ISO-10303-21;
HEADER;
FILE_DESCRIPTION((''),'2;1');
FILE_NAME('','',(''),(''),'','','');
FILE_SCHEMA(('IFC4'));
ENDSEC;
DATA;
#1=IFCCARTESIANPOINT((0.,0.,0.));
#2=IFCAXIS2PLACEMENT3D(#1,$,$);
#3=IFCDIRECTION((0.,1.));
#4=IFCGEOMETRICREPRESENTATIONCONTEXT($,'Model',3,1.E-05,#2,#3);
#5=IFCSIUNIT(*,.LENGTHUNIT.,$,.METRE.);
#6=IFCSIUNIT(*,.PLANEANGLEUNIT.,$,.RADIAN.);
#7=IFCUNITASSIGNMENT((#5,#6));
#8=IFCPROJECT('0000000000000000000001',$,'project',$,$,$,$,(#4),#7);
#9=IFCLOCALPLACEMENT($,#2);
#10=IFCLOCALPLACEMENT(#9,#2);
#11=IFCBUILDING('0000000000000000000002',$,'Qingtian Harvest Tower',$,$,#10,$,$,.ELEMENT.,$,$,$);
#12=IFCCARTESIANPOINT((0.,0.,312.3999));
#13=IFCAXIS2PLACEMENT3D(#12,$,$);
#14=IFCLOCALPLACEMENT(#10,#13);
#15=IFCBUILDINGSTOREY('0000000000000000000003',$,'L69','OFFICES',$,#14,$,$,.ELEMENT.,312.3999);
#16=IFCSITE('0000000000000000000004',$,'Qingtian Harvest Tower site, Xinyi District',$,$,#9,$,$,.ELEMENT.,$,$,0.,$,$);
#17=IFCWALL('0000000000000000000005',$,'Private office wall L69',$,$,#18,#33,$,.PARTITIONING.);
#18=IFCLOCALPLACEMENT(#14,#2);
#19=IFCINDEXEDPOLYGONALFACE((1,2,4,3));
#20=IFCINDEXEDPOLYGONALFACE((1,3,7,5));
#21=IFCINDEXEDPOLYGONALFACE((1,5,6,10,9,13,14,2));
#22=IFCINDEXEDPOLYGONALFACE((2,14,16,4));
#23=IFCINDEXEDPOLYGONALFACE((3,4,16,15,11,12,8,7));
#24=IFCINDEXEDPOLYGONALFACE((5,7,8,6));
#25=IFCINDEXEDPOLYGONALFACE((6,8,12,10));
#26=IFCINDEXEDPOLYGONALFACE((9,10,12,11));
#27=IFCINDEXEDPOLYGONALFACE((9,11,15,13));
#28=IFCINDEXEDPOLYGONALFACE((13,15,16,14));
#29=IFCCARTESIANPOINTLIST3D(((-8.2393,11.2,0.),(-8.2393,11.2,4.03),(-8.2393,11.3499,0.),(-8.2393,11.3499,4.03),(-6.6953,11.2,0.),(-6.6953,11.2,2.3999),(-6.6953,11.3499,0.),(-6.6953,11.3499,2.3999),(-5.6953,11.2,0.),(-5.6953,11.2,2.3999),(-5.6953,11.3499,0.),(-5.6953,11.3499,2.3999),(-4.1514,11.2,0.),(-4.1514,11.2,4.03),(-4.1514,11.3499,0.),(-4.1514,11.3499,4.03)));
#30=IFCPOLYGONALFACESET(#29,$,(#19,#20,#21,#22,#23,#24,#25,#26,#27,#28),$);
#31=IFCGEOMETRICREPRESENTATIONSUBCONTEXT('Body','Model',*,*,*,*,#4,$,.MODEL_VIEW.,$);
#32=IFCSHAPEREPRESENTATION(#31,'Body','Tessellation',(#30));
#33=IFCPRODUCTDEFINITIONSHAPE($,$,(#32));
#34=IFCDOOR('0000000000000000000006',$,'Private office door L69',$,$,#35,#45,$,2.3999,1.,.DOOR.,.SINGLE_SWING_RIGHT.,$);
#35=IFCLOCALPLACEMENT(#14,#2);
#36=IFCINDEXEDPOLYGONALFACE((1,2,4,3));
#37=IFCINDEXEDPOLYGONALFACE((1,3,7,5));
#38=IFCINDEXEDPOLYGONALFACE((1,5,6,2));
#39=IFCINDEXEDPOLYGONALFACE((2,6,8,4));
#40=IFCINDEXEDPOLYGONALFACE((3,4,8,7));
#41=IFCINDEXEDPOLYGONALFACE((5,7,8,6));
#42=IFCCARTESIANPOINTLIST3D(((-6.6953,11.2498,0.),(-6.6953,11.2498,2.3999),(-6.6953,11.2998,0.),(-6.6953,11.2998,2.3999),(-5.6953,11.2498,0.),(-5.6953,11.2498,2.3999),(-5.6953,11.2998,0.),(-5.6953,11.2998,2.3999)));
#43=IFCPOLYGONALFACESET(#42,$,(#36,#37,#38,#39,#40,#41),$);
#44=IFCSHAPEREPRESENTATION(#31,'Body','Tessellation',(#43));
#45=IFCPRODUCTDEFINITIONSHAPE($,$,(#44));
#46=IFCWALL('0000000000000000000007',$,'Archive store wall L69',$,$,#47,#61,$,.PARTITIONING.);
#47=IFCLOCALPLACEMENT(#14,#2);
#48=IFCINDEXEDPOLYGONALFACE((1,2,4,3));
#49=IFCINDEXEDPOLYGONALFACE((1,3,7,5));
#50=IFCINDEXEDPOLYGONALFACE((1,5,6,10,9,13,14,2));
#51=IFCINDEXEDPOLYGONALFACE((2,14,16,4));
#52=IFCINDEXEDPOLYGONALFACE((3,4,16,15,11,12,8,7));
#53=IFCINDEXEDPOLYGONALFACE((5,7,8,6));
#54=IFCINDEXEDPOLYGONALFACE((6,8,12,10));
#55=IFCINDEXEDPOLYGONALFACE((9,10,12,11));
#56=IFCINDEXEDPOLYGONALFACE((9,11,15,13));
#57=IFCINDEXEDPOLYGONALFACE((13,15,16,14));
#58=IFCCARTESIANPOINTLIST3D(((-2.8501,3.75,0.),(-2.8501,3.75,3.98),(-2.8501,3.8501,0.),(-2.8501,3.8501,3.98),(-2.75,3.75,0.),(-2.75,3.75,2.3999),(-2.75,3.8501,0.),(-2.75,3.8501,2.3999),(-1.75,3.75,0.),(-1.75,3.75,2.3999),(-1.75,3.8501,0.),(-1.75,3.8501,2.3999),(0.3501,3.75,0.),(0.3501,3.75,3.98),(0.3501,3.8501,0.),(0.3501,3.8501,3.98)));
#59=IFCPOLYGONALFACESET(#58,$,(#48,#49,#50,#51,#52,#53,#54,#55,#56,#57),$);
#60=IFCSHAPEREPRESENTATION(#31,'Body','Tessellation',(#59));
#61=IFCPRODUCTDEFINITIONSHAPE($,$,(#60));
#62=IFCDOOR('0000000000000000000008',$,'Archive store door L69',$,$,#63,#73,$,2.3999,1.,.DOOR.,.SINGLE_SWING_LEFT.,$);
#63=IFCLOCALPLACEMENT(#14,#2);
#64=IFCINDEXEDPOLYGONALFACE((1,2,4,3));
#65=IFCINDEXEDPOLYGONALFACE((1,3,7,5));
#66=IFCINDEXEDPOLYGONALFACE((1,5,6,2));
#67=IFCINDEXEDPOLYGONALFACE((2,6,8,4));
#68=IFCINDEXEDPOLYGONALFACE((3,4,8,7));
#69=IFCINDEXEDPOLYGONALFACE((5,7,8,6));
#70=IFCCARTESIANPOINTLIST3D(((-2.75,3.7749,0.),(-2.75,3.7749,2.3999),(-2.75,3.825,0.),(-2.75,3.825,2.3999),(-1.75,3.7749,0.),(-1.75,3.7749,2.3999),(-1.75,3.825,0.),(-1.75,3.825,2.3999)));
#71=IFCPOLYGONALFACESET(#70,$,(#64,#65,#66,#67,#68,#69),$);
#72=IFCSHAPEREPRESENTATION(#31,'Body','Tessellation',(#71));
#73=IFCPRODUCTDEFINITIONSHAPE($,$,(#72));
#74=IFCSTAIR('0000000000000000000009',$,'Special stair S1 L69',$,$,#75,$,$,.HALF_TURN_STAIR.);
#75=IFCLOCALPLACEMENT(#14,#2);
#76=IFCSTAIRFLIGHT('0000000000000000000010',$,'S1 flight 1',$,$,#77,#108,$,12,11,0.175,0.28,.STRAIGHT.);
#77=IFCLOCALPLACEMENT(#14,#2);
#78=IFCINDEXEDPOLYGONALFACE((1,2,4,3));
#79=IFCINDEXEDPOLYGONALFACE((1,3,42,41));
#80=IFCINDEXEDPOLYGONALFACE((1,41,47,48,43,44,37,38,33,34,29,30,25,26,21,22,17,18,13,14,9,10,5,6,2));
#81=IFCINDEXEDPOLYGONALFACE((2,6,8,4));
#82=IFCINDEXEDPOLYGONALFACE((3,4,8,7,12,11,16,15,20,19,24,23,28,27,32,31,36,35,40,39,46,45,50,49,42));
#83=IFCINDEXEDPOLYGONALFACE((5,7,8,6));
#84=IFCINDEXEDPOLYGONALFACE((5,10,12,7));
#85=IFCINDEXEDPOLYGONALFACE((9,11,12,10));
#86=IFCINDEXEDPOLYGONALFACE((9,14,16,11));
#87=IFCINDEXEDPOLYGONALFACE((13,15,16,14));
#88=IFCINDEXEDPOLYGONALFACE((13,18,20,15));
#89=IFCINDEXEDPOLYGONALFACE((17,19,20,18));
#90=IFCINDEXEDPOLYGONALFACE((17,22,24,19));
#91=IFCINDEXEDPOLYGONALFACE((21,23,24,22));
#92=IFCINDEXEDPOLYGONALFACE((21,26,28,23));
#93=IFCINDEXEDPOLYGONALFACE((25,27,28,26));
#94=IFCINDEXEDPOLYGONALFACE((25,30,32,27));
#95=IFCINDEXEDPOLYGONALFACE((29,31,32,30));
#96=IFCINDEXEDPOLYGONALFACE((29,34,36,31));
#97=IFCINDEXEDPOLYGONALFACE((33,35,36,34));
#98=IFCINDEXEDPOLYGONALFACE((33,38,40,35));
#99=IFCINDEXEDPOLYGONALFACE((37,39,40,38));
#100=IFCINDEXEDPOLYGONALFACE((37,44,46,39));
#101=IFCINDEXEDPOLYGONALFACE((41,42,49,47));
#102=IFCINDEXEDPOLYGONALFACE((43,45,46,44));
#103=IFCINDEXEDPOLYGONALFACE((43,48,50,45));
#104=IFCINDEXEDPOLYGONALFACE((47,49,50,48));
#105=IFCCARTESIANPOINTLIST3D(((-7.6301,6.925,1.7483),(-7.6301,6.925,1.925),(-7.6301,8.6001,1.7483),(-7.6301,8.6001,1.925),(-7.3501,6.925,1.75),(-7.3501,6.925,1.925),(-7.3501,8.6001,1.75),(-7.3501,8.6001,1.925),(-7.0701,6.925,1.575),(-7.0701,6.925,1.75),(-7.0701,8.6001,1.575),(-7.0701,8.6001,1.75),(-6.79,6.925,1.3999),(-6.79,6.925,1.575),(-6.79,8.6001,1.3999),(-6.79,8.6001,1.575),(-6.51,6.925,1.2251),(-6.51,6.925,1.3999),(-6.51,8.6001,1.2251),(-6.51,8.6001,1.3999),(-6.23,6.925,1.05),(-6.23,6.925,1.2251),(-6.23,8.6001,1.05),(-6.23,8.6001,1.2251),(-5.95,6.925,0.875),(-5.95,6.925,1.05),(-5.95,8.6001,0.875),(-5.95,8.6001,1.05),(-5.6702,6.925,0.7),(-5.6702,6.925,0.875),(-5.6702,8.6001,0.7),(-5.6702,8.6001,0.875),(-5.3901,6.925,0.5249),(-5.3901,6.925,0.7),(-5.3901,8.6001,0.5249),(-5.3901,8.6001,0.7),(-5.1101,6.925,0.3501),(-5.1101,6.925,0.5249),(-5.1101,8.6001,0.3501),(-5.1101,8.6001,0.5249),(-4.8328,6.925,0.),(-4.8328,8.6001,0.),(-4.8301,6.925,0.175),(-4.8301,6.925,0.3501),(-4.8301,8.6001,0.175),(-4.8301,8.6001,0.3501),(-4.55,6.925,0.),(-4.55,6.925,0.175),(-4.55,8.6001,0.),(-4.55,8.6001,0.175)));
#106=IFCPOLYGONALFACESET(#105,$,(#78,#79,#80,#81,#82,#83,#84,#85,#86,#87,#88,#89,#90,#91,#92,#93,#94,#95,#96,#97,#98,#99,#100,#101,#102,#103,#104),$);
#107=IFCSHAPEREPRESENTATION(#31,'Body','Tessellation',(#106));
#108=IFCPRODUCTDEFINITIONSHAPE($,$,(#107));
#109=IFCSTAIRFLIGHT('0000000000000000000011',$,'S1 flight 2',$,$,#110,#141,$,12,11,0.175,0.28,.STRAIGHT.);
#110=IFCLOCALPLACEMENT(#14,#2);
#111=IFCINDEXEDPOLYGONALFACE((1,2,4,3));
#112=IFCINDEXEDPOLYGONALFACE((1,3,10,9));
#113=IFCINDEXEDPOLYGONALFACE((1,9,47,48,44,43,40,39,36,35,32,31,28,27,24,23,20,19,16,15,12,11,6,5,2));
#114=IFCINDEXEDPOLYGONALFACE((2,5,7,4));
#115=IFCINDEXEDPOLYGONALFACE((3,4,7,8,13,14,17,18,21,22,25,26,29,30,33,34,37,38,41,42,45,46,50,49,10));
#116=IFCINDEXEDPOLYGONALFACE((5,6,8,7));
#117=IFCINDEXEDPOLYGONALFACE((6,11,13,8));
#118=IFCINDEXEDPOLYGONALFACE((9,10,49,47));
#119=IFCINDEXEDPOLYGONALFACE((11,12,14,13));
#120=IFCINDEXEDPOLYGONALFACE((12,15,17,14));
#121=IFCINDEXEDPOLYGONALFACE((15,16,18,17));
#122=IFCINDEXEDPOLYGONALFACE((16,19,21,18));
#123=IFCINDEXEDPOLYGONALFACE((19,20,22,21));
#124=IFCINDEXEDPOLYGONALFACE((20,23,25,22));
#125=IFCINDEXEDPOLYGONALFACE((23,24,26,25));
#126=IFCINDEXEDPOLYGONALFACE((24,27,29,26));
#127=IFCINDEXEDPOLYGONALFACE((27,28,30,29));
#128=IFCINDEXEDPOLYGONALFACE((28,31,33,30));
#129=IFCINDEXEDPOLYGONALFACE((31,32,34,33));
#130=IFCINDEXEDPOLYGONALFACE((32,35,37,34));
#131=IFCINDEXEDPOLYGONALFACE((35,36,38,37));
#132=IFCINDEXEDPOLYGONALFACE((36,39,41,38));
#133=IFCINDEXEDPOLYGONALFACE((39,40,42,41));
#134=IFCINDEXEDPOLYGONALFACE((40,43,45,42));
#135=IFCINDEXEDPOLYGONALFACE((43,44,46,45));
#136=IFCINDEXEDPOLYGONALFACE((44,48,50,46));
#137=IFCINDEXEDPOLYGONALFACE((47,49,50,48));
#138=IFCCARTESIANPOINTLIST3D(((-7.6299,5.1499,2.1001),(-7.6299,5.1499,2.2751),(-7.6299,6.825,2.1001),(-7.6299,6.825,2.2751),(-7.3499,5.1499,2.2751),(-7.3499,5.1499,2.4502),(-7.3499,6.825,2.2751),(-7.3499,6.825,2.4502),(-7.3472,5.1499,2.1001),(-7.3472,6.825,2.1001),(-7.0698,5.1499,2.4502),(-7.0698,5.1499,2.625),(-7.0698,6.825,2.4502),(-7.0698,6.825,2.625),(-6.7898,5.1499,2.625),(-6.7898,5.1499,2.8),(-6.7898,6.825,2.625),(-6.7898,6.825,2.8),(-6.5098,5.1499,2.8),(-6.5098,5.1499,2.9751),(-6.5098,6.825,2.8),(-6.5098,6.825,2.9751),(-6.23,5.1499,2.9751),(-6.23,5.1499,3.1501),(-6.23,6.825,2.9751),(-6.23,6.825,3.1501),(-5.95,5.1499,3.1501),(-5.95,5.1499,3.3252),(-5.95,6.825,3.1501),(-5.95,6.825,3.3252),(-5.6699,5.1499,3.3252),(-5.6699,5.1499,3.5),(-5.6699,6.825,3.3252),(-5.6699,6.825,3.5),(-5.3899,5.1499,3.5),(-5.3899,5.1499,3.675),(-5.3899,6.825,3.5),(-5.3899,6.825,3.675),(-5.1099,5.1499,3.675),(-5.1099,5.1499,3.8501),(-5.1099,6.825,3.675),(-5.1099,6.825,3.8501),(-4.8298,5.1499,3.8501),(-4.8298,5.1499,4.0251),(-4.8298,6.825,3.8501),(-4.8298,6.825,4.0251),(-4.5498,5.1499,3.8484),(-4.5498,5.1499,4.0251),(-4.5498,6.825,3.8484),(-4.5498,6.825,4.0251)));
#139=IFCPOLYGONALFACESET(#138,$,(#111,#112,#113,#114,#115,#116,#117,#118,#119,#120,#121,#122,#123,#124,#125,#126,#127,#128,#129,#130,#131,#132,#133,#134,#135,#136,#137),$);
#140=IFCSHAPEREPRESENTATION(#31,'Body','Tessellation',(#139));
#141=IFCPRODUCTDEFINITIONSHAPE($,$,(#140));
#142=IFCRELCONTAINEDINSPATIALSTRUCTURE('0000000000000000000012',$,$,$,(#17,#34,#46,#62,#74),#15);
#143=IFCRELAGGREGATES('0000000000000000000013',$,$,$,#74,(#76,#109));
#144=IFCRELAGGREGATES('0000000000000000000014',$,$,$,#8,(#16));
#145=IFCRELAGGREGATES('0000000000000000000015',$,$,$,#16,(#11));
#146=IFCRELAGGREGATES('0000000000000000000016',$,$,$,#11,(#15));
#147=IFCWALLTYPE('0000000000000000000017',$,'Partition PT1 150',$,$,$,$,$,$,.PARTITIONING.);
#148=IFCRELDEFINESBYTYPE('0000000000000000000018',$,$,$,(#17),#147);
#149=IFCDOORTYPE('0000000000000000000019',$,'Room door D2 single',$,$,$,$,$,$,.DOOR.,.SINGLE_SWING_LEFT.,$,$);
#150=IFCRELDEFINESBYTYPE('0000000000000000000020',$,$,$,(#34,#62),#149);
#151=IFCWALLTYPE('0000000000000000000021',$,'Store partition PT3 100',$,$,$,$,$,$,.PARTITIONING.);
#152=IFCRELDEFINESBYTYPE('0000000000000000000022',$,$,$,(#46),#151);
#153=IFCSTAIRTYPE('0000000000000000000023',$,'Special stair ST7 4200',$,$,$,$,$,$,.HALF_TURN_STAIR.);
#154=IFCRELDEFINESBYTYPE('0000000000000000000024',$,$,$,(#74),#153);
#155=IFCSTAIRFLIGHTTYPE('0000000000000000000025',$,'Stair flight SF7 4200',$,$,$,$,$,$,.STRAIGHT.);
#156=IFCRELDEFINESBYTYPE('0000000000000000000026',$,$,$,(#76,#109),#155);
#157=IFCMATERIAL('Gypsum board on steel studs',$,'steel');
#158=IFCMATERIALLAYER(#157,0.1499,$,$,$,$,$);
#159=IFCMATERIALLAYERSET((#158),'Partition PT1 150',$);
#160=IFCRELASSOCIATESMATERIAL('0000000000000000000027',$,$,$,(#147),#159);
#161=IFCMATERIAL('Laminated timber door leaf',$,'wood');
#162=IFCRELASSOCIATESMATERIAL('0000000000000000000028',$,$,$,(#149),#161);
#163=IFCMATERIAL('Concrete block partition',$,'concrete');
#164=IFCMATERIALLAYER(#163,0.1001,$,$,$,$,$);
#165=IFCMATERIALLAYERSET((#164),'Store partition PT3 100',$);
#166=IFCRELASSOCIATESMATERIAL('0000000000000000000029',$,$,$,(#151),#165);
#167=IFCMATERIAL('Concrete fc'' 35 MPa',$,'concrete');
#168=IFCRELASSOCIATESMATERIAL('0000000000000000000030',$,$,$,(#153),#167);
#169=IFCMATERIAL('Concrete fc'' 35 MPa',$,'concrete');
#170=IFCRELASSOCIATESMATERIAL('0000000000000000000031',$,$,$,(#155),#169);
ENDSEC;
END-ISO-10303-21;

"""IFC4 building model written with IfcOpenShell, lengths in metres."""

from ifc_helpers import new_model, si_unit, direction, frame, frame_2d, origin, place, context, subcontext, project, spatial, polyline, rectangle, outline, extrude, material, layer, layer_set, type_object, element, fill, aggregate, save


model = new_model("IFC4")

# Units and contexts
model_context = context("Model", 3, precision=1e-05, world=origin(), true_north=direction((0.0, 1.0)))
body_context = subcontext(model_context, "Body", "Model", "MODEL_VIEW")
ifc_project = project(units=[si_unit("LENGTHUNIT", "METRE"), si_unit("PLANEANGLEUNIT", "RADIAN")], contexts=[model_context])

# Site, building, storey
site_placement = place(None, origin())
site = spatial("IfcSite", under=ifc_project, at=site_placement, Name="Qingtian Harvest Tower site, Xinyi District", CompositionType="ELEMENT", RefElevation=0.0)
building_placement = place(site_placement, origin())
building = spatial("IfcBuilding", under=site, at=building_placement, Name="Qingtian Harvest Tower", CompositionType="ELEMENT")
storey_placement = place(building_placement, frame((0.0, 0.0, 312.3999)))
storey = spatial("IfcBuildingStorey", under=building, at=storey_placement, Name="L69", Description="OFFICES", CompositionType="ELEMENT", Elevation=312.3999)

# Walls, openings, doors
ifc_material_1 = material(Name="Gypsum board on steel studs", Category="steel")
ifc_layer_1 = layer(ifc_material_1, 0.1499)
ifc_layer_set_1 = layer_set([ifc_layer_1], Name="Partition PT1 150")
wall_type_1 = type_object("IfcWallType", Name="Partition PT1 150", PredefinedType="PARTITIONING", material=ifc_layer_set_1)
wall_1_placement = place(storey_placement, frame((-8.2393, 11.2749, 0.0), z_axis=(0.0, 0.0, 1.0), x_axis=(1.0, 0.0, 0.0)))
wall_1 = element("IfcWall", 1, at=wall_1_placement, inside=storey, type_object=wall_type_1, Name="Private office wall L69", PredefinedType="PARTITIONING", context=body_context, shape_type="SweptSolid", body=[
    extrude(rectangle(XDim=4.0879, YDim=0.1499, at=frame_2d((2.0439, 0.0))), origin(), (0.0, 0.0, 1.0), 4.03),
])
opening_1_placement = place(wall_1_placement, frame((1.5439, 0.0, 0.0)))
opening_1 = element("IfcOpeningElement", 2, at=opening_1_placement, cuts=wall_1, PredefinedType="OPENING", context=body_context, shape_type="SweptSolid", body=[
    extrude(rectangle(XDim=1.0, YDim=2.3999, at=frame_2d((0.5, 1.2))), frame((0.0, 0.085, 0.0), z_axis=(0.0, -1.0, 0.0), x_axis=(1.0, 0.0, 0.0)), (0.0, 0.0, 1.0), 0.1699),
])
ifc_material_2 = material(Name="Laminated timber door leaf", Category="wood")
door_type_1 = type_object("IfcDoorType", Name="Room door D2 single", OperationType="SINGLE_SWING_LEFT", PredefinedType="DOOR", material=ifc_material_2)
door_1_placement = place(opening_1_placement, origin())
door_1 = element("IfcDoor", 3, at=door_1_placement, inside=storey, type_object=door_type_1, Name="Private office door L69", OperationType="SINGLE_SWING_RIGHT", OverallHeight=2.3999, OverallWidth=1.0, PredefinedType="DOOR", context=body_context, shape_type="SweptSolid", body=[
    extrude(rectangle(XDim=1.0, YDim=2.3999, at=frame_2d((0.5, 1.2))), frame((0.0, 0.0249, 0.0), z_axis=(0.0, -1.0, 0.0), x_axis=(1.0, 0.0, 0.0)), (0.0, 0.0, 1.0), 0.05),
])
fill(opening_1, door_1)
ifc_material_3 = material(Name="Concrete block partition", Category="concrete")
ifc_layer_2 = layer(ifc_material_3, 0.1001)
ifc_layer_set_2 = layer_set([ifc_layer_2], Name="Store partition PT3 100")
wall_type_2 = type_object("IfcWallType", Name="Store partition PT3 100", PredefinedType="PARTITIONING", material=ifc_layer_set_2)
wall_2_placement = place(storey_placement, frame((-2.8501, 3.8, 0.0), z_axis=(0.0, 0.0, 1.0), x_axis=(1.0, 0.0, 0.0)))
wall_2 = element("IfcWall", 4, at=wall_2_placement, inside=storey, type_object=wall_type_2, Name="Archive store wall L69", PredefinedType="PARTITIONING", context=body_context, shape_type="SweptSolid", body=[
    extrude(rectangle(XDim=3.2002, YDim=0.1001, at=frame_2d((1.6001, 0.0))), origin(), (0.0, 0.0, 1.0), 3.98),
])
opening_2_placement = place(wall_2_placement, frame((0.1001, 0.0, 0.0)))
opening_2 = element("IfcOpeningElement", 5, at=opening_2_placement, cuts=wall_2, PredefinedType="OPENING", context=body_context, shape_type="SweptSolid", body=[
    extrude(rectangle(XDim=1.0, YDim=2.3999, at=frame_2d((0.5, 1.2))), frame((0.0, 0.0601, 0.0), z_axis=(0.0, -1.0, 0.0), x_axis=(1.0, 0.0, 0.0)), (0.0, 0.0, 1.0), 0.1201),
])
door_2_placement = place(opening_2_placement, origin())
door_2 = element("IfcDoor", 6, at=door_2_placement, inside=storey, type_object=door_type_1, Name="Archive store door L69", OperationType="SINGLE_SWING_LEFT", OverallHeight=2.3999, OverallWidth=1.0, PredefinedType="DOOR", context=body_context, shape_type="SweptSolid", body=[
    extrude(rectangle(XDim=1.0, YDim=2.3999, at=frame_2d((0.5, 1.2))), frame((0.0, 0.0249, 0.0), z_axis=(0.0, -1.0, 0.0), x_axis=(1.0, 0.0, 0.0)), (0.0, 0.0, 1.0), 0.05),
])
fill(opening_2, door_2)

# Stair, stair flights
ifc_material_4 = material(Name="Concrete fc' 35 MPa", Category="concrete")
stair_type = type_object("IfcStairType", Name="Special stair ST7 4200", PredefinedType="HALF_TURN_STAIR", material=ifc_material_4)
stair_placement = place(storey_placement, origin())
stair = element("IfcStair", 7, at=stair_placement, inside=storey, type_object=stair_type, Name="Special stair S1 L69", PredefinedType="HALF_TURN_STAIR")
ifc_material_5 = material(Name="Concrete fc' 35 MPa", Category="concrete")
stair_flight_type = type_object("IfcStairFlightType", Name="Stair flight SF7 4200", PredefinedType="STRAIGHT", material=ifc_material_5)
stair_flight_1_placement = place(storey_placement, frame((-4.55, 7.7625, 0.0), z_axis=(0.0, 0.0, 1.0), x_axis=(-1.0, 0.0, 0.0)))
stair_flight_1 = element("IfcStairFlight", 8, at=stair_flight_1_placement, type_object=stair_flight_type, Name="S1 flight 1", NumberOfRisers=12, NumberOfTreads=11, PredefinedType="STRAIGHT", RiserHeight=0.175, TreadLength=0.28, context=body_context, shape_type="SweptSolid", body=[
    extrude(outline(polyline([(0.0, 0.0), (0.0, 0.175), (0.28, 0.175), (0.28, 0.3501), (0.5601, 0.3501), (0.5601, 0.5249), (0.8401, 0.5249), (0.8401, 0.7), (1.1201, 0.7), (1.1201, 0.875), (1.3999, 0.875), (1.3999, 1.05), (1.6799, 1.05), (1.6799, 1.2251), (1.96, 1.2251), (1.96, 1.3999), (2.24, 1.3999), (2.24, 1.575), (2.52, 1.575), (2.52, 1.75), (2.8, 1.75), (2.8, 1.925), (3.0801, 1.925), (3.0801, 2.1001), (3.0801, 1.7483), (0.2827, 0.0), (0.0, 0.0)])), frame((0.0, 0.8374, 0.0), z_axis=(0.0, -1.0, 0.0), x_axis=(1.0, 0.0, 0.0)), (0.0, 0.0, 1.0), 1.675),
])
stair_flight_2_placement = place(storey_placement, frame((-7.6299, 5.9875, 2.1001), z_axis=(0.0, 0.0, 1.0), x_axis=(1.0, 0.0, 0.0)))
stair_flight_2 = element("IfcStairFlight", 9, at=stair_flight_2_placement, type_object=stair_flight_type, Name="S1 flight 2", NumberOfRisers=12, NumberOfTreads=11, PredefinedType="STRAIGHT", RiserHeight=0.175, TreadLength=0.28, context=body_context, shape_type="SweptSolid", body=[
    extrude(outline(polyline([(0.0, 0.0), (0.0, 0.175), (0.28, 0.175), (0.28, 0.3501), (0.5601, 0.3501), (0.5601, 0.5249), (0.8401, 0.5249), (0.8401, 0.7), (1.1201, 0.7), (1.1201, 0.875), (1.3999, 0.875), (1.3999, 1.05), (1.6799, 1.05), (1.6799, 1.2251), (1.96, 1.2251), (1.96, 1.3999), (2.24, 1.3999), (2.24, 1.575), (2.52, 1.575), (2.52, 1.75), (2.8, 1.75), (2.8, 1.925), (3.0801, 1.925), (3.0801, 2.1001), (3.0801, 1.7483), (0.2827, 0.0), (0.0, 0.0)])), frame((0.0, 0.8374, 0.0), z_axis=(0.0, -1.0, 0.0), x_axis=(1.0, 0.0, 0.0)), (0.0, 0.0, 1.0), 1.675),
])
aggregate(stair, [stair_flight_1, stair_flight_2])

save(model, "model.ifc")
